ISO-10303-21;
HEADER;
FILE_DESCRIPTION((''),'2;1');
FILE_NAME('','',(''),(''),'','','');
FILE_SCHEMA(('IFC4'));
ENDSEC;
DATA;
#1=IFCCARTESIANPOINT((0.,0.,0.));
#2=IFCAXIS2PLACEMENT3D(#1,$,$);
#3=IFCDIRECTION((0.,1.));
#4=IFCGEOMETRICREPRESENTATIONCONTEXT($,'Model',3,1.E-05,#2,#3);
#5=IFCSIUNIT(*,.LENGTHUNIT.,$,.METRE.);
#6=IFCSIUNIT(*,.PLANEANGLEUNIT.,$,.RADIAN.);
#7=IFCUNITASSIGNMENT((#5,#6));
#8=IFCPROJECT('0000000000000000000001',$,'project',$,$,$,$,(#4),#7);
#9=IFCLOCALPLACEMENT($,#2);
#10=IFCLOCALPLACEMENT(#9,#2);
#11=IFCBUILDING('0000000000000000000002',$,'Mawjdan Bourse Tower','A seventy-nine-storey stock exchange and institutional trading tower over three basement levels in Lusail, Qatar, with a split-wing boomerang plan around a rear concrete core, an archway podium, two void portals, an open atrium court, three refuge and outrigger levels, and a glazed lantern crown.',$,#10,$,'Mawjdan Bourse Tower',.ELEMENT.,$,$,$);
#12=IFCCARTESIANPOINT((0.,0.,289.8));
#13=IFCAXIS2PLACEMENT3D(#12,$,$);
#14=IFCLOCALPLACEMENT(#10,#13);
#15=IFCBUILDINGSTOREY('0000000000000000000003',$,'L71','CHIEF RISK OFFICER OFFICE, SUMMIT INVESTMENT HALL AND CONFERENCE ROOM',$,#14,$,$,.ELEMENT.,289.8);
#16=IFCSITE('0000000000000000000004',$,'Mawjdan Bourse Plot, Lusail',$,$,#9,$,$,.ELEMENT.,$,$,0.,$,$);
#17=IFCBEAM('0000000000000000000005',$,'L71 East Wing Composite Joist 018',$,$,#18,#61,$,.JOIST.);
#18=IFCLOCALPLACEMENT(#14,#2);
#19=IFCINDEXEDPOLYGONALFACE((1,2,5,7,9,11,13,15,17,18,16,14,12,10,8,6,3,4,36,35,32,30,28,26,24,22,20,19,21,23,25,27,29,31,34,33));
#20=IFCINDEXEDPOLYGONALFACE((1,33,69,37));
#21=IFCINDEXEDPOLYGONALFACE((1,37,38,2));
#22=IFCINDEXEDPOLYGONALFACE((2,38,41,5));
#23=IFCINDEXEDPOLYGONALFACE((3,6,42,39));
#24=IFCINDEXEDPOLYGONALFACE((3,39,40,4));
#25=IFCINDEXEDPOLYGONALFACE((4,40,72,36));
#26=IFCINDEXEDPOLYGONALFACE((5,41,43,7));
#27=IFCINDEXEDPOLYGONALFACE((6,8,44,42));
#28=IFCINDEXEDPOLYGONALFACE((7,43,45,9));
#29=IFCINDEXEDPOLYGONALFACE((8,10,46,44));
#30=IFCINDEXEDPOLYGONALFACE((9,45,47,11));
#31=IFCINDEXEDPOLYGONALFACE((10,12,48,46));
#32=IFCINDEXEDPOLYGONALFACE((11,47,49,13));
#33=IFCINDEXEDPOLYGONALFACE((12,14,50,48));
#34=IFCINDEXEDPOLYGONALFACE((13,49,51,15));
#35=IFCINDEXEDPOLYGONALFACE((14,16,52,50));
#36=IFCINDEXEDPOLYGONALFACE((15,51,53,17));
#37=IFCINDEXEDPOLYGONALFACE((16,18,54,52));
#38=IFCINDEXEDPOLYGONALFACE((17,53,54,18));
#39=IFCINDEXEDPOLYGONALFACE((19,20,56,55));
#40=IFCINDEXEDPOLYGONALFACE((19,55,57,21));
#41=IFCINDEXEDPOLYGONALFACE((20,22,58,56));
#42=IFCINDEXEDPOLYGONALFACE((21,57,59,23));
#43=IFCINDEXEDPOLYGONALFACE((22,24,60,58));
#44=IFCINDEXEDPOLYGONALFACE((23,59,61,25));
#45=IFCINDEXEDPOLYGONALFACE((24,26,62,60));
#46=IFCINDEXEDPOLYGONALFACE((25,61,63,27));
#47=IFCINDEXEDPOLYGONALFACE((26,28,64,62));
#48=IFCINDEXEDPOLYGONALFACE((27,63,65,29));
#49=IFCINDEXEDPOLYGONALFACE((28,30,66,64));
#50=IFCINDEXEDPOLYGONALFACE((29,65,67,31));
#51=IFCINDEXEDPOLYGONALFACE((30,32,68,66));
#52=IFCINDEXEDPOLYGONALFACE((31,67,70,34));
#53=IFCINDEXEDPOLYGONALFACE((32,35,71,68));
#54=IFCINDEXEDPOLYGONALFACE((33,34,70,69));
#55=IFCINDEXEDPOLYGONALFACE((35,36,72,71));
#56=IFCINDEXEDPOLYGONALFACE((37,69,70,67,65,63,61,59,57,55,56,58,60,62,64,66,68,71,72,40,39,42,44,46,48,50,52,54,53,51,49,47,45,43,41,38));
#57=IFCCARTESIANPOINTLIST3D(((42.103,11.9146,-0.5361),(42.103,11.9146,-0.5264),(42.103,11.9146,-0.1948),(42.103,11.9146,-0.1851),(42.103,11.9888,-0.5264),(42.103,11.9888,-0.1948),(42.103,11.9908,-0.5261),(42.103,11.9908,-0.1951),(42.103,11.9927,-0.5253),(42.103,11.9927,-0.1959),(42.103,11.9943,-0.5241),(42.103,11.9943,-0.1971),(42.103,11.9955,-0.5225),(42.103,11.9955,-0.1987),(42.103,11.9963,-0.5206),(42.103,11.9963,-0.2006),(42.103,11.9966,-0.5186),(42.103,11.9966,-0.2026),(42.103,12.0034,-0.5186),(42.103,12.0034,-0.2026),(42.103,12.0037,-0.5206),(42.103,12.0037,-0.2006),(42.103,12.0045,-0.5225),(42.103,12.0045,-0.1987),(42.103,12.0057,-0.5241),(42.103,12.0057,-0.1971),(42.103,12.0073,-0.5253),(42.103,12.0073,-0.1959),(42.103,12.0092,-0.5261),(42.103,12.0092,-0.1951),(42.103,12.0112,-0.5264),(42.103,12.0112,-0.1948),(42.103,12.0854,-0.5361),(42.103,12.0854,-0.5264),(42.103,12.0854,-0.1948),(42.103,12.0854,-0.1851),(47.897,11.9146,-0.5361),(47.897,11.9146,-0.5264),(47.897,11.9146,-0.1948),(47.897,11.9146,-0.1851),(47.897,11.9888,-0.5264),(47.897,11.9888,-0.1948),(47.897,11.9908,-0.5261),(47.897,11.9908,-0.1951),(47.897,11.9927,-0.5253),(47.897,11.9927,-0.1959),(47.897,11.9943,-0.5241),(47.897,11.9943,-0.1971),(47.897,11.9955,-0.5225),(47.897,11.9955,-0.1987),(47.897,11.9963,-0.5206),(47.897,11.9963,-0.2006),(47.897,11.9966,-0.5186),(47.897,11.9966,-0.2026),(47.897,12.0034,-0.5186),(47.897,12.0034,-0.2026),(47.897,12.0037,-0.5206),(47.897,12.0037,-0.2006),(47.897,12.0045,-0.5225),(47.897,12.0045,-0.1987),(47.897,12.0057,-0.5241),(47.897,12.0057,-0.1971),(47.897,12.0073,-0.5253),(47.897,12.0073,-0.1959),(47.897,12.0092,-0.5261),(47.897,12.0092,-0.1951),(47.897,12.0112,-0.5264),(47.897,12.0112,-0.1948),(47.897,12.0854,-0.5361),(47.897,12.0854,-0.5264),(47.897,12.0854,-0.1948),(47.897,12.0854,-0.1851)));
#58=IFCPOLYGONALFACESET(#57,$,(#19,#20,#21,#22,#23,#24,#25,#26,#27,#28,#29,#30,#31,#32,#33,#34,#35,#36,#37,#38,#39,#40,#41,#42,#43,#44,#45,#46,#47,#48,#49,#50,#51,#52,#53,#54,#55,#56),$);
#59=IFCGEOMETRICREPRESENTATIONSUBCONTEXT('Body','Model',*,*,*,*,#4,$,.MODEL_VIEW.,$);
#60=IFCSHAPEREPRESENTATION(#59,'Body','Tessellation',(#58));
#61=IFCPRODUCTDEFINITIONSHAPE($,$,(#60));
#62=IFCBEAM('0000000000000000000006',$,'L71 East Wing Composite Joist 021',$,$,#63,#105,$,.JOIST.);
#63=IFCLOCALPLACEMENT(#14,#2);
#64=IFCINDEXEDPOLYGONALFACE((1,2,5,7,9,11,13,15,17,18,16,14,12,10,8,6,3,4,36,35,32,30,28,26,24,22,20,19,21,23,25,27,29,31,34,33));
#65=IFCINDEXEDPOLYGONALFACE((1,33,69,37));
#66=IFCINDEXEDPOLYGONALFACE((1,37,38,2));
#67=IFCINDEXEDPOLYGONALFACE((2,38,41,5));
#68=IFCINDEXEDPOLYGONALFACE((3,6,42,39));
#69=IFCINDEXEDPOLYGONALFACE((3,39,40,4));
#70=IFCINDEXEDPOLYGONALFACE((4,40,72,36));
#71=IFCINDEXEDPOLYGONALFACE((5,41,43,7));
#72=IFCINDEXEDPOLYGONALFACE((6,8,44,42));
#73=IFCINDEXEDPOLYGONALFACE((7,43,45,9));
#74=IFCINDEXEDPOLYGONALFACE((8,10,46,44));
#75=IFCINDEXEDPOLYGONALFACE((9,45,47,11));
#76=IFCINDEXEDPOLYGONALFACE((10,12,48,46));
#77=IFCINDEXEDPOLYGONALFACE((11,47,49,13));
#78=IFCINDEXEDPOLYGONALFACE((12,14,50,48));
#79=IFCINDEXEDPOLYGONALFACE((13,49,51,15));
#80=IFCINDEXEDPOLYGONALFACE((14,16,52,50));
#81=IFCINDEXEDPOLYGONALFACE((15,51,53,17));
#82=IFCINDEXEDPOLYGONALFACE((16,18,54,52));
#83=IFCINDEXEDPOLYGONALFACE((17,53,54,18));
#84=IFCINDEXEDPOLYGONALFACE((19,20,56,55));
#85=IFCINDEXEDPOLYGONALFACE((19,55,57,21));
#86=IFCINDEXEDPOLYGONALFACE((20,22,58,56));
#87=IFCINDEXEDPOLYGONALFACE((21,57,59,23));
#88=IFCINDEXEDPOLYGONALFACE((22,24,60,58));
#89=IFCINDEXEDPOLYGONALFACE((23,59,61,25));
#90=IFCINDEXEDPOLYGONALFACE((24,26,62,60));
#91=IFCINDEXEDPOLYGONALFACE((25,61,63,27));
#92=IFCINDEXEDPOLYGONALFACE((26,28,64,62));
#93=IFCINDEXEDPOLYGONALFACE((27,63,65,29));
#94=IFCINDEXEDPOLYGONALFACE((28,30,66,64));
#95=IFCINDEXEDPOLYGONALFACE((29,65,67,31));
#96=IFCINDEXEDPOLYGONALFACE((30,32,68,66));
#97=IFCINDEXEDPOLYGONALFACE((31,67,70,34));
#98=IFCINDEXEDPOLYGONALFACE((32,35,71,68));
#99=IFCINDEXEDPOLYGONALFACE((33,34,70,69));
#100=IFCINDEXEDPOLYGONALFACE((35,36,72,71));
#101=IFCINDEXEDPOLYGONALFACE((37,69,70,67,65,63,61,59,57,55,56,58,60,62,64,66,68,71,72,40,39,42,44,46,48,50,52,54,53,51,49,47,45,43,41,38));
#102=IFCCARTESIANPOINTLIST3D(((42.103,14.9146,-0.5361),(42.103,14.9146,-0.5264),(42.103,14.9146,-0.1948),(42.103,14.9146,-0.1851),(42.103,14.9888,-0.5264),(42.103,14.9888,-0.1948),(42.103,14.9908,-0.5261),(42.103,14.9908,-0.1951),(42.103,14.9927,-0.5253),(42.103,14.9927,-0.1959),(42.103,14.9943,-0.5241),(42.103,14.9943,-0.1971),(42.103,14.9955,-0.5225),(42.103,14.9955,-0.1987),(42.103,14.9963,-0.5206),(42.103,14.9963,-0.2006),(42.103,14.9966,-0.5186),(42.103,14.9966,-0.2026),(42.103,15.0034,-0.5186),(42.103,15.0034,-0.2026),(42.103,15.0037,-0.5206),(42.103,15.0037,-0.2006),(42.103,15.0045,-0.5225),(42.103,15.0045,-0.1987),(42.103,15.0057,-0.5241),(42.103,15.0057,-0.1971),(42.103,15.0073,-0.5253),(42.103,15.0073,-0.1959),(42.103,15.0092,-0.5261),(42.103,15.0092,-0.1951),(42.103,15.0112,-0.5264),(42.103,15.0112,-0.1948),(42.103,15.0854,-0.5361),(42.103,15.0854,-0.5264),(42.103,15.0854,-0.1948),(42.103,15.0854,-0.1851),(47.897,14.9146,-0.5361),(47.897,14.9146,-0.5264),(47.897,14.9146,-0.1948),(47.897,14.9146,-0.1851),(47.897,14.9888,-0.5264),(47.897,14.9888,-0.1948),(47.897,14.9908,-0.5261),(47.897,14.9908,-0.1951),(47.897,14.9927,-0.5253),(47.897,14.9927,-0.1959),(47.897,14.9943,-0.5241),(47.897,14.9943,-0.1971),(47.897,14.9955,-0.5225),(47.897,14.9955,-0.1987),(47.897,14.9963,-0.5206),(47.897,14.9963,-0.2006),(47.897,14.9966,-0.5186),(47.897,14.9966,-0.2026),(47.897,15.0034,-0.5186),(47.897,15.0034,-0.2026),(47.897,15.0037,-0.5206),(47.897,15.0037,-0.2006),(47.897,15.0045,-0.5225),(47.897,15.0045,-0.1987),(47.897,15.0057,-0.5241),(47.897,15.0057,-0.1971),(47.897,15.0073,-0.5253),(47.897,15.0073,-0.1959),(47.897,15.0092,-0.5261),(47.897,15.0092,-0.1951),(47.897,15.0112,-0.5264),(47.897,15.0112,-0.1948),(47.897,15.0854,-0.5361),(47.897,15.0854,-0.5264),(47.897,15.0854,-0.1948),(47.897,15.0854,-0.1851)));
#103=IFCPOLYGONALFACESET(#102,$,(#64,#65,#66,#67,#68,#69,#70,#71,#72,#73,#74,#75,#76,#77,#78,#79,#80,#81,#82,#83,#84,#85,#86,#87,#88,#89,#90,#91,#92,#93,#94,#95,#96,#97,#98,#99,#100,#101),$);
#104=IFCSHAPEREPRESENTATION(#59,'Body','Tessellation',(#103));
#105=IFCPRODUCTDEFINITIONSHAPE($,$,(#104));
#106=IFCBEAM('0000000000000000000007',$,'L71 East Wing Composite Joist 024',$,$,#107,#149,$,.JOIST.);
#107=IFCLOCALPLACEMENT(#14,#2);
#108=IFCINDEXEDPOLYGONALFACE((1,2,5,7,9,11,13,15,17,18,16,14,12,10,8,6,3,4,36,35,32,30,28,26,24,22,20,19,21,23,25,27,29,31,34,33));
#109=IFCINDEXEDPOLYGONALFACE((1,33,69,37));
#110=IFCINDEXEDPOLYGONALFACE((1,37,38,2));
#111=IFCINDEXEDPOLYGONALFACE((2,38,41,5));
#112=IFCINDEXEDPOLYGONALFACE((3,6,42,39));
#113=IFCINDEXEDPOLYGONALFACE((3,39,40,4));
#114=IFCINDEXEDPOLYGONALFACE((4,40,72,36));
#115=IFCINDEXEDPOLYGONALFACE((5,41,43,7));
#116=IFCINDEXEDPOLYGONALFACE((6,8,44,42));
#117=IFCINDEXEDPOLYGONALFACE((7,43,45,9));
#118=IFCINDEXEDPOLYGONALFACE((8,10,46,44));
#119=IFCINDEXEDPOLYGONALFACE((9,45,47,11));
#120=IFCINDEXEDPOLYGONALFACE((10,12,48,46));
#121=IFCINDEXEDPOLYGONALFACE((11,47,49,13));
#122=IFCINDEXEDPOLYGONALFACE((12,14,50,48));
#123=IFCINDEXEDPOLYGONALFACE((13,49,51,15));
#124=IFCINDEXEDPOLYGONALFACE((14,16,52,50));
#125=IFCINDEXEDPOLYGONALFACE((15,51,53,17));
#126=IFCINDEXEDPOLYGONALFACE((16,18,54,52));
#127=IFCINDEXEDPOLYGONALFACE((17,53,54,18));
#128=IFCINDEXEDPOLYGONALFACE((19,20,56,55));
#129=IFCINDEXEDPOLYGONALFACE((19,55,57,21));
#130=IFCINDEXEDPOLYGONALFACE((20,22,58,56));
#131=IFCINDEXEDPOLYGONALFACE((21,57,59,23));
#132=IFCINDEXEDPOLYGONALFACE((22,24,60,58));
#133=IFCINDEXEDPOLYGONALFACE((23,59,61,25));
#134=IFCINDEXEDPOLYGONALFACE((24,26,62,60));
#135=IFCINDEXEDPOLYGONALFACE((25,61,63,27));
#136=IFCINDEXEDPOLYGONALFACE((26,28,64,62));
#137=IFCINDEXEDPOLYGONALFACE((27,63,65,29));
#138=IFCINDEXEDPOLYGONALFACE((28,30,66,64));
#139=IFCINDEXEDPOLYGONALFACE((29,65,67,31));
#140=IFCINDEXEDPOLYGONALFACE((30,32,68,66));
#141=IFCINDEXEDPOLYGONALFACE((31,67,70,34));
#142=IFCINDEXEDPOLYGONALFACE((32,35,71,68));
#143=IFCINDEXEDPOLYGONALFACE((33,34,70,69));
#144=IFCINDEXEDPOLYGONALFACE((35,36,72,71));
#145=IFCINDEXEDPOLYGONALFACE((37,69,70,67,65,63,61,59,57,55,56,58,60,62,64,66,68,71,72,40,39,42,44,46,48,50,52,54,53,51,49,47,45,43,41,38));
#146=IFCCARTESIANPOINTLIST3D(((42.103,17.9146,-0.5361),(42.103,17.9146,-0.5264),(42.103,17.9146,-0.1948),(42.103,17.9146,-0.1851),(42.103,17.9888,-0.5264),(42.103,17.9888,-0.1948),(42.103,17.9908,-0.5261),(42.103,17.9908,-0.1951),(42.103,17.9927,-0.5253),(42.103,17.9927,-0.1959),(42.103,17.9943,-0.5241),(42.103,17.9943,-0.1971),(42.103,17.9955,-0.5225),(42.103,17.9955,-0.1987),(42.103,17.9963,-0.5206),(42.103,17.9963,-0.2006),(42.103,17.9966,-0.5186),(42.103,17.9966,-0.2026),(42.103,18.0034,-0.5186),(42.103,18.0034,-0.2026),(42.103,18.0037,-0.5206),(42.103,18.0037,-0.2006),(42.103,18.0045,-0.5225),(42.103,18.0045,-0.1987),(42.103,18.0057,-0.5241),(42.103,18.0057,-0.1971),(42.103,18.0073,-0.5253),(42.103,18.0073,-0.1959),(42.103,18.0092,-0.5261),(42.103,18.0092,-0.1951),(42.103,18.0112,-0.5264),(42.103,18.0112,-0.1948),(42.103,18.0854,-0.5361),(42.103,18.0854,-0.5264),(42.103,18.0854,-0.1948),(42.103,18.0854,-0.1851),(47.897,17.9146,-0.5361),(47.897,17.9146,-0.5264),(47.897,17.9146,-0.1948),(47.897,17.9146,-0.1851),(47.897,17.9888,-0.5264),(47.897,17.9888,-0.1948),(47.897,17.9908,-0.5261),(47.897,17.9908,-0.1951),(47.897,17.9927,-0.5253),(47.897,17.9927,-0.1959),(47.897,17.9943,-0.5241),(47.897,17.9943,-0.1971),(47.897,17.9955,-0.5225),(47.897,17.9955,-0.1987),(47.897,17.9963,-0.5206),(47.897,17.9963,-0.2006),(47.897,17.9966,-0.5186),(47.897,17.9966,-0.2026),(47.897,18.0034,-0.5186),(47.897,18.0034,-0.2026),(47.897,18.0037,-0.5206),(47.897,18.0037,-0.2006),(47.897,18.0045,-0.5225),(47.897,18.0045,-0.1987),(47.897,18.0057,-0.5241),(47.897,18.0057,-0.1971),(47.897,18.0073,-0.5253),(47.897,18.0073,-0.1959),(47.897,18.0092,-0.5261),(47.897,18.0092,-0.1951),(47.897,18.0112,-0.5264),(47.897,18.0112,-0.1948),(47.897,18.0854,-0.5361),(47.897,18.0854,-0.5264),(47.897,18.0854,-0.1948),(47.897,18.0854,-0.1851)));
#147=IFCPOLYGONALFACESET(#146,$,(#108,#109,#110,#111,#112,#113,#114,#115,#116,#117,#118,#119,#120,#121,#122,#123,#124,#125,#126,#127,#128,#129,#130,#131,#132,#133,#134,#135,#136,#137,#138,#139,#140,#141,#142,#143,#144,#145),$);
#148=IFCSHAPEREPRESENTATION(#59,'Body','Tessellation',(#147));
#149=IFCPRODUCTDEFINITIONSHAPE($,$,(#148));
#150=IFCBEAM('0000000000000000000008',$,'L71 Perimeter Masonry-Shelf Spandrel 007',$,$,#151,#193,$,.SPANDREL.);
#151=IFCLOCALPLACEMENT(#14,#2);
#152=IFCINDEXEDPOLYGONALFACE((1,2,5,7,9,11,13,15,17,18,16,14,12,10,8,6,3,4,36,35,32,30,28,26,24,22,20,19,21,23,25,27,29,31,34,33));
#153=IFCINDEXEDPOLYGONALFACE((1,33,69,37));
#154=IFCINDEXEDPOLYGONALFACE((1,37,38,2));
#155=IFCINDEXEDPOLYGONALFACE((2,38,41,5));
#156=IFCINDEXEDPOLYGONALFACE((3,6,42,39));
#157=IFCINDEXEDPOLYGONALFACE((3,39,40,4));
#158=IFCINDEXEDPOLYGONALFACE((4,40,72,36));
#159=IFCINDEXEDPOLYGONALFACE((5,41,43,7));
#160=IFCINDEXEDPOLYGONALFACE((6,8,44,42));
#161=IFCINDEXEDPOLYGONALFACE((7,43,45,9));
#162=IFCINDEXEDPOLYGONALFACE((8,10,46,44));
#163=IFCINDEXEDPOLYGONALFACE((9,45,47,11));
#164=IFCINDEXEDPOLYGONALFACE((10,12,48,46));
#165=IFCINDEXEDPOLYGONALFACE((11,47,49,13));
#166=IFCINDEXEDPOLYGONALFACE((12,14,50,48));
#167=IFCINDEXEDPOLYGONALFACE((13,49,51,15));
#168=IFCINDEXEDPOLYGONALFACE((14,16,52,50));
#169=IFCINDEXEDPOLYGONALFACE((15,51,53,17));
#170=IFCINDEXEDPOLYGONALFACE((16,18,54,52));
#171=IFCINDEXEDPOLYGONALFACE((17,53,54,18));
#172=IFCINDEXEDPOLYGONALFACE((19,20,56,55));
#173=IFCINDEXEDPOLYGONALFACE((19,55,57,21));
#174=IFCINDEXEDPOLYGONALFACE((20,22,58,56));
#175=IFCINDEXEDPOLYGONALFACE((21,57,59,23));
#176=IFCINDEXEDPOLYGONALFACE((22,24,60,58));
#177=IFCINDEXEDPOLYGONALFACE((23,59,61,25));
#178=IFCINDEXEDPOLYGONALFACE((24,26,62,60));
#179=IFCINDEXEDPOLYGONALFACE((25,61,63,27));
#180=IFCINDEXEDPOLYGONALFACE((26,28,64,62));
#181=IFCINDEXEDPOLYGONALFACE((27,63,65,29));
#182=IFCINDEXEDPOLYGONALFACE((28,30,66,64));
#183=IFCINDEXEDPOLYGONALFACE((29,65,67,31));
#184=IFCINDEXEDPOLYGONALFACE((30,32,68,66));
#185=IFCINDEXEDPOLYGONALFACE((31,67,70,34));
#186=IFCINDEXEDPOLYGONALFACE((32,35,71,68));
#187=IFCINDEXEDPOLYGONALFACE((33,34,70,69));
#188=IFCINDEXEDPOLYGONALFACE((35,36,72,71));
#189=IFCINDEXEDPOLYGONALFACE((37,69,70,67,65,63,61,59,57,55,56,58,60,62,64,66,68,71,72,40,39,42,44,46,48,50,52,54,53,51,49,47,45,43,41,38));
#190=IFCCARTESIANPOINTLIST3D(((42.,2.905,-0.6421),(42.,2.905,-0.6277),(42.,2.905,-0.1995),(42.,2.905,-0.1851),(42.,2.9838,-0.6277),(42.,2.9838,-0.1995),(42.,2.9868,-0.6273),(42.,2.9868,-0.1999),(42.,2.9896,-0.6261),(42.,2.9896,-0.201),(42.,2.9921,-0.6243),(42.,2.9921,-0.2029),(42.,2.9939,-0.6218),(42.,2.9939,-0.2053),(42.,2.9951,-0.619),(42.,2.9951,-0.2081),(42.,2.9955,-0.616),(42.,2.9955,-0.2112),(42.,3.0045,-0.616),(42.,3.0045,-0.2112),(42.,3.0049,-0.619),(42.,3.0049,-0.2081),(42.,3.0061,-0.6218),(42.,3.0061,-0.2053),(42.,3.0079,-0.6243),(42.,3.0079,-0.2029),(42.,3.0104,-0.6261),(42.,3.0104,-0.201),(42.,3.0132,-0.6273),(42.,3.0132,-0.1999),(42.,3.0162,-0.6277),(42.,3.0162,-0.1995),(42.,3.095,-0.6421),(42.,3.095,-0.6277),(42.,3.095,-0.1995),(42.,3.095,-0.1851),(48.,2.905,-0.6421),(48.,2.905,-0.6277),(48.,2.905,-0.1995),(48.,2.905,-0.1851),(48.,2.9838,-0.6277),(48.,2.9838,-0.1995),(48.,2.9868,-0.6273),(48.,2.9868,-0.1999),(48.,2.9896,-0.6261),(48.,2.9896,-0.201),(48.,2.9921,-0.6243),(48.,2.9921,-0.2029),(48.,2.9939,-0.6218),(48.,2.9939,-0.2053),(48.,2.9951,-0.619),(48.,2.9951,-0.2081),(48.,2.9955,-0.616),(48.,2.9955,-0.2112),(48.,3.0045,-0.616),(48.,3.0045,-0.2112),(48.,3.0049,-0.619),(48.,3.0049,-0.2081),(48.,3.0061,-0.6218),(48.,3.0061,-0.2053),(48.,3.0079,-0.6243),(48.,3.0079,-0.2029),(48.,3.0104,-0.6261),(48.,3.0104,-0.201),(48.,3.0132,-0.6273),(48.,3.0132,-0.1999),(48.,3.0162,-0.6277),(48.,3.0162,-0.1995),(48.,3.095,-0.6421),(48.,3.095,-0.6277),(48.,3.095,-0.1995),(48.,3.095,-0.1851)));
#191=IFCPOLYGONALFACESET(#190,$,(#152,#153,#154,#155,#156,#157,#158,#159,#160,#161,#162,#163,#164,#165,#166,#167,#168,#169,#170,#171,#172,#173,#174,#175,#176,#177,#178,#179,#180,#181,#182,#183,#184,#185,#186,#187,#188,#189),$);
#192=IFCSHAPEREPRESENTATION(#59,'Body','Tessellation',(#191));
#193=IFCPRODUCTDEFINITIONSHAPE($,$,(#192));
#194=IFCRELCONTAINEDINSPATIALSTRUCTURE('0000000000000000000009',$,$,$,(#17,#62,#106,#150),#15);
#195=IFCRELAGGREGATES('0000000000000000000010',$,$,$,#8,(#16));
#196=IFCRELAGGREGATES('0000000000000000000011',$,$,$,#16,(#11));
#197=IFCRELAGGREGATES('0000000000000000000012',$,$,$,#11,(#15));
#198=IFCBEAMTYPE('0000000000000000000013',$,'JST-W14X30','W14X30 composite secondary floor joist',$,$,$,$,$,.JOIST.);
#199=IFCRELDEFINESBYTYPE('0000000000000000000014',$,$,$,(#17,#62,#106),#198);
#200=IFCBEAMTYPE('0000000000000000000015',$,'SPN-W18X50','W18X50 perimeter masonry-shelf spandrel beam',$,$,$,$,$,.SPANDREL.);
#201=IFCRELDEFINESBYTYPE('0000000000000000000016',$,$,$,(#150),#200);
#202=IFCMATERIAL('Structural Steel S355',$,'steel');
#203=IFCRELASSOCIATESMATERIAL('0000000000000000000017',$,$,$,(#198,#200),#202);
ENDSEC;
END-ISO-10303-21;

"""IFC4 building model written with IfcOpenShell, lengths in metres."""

from ifc_helpers import new_model, si_unit, direction, frame, origin, origin_2d, place, context, subcontext, project, spatial, i_section, extrude, material, material_profile, profile_set, type_object, element, save


model = new_model("IFC4")

# Units and contexts
model_context = context("Model", 3, precision=1e-05, world=origin(), true_north=direction((0.0, 1.0)))
body_context = subcontext(model_context, "Body", "Model", "MODEL_VIEW")
ifc_project = project(units=[si_unit("LENGTHUNIT", "METRE"), si_unit("PLANEANGLEUNIT", "RADIAN")], contexts=[model_context])

# Site, building, storey
site_placement = place(None, origin())
site = spatial("IfcSite", under=ifc_project, at=site_placement, Name="Mawjdan Bourse Plot, Lusail", CompositionType="ELEMENT", RefElevation=0.0)
building_placement = place(site_placement, origin())
building = spatial("IfcBuilding", under=site, at=building_placement, Name="Mawjdan Bourse Tower", Description="A seventy-nine-storey stock exchange and institutional trading tower over three basement levels in Lusail, Qatar, with a split-wing boomerang plan around a rear concrete core, an archway podium, two void portals, an open atrium court, three refuge and outrigger levels, and a glazed lantern crown.", LongName="Mawjdan Bourse Tower", CompositionType="ELEMENT")
storey_placement = place(building_placement, frame((0.0, 0.0, 289.8)))
storey = spatial("IfcBuildingStorey", under=building, at=storey_placement, Name="L71", Description="CHIEF RISK OFFICER OFFICE, SUMMIT INVESTMENT HALL AND CONFERENCE ROOM", CompositionType="ELEMENT", Elevation=289.8)

# Beams
ifc_material_1 = material(Name="Structural Steel S355", Category="steel")
ifc_material_profile_1 = material_profile(ifc_material_1, i_section(OverallWidth=0.1709, OverallDepth=0.3511, WebThickness=0.0068, FlangeThickness=0.0098, FilletRadius=0.0078, at=origin_2d()), Name="W14X30")
ifc_profile_set_1 = profile_set([ifc_material_profile_1], Name="Structural Steel S355")
beam_type_1 = type_object("IfcBeamType", Name="JST-W14X30", Description="W14X30 composite secondary floor joist", PredefinedType="JOIST", material=ifc_profile_set_1)
for number, where, z_axis, x_axis, name in (
    (1, (42.103, 12.0, -0.3606), (1.0, 0.0, 0.0), (0.0, 1.0, 0.0), "L71 East Wing Composite Joist 018"),
    (2, (42.103, 15.0, -0.3606), (1.0, 0.0, 0.0), (0.0, 1.0, 0.0), "L71 East Wing Composite Joist 021"),
    (3, (42.103, 18.0, -0.3606), (1.0, 0.0, 0.0), (0.0, 1.0, 0.0), "L71 East Wing Composite Joist 024"),
):
    element("IfcBeam", number, at=place(storey_placement, frame(where, z_axis=z_axis, x_axis=x_axis)), inside=storey, type_object=beam_type_1, Name=name, PredefinedType="JOIST", context=body_context, shape_type="SweptSolid", body=[
        extrude(i_section(OverallWidth=0.1709, OverallDepth=0.3511, WebThickness=0.0068, FlangeThickness=0.0098, FilletRadius=0.0078, at=origin_2d()), origin(), (0.0, 0.0, 1.0), 5.7939),
    ])
ifc_material_profile_2 = material_profile(ifc_material_1, i_section(OverallWidth=0.1899, OverallDepth=0.457, WebThickness=0.009, FlangeThickness=0.0144, FilletRadius=0.0117, at=origin_2d()), Name="W18X50")
ifc_profile_set_2 = profile_set([ifc_material_profile_2], Name="Structural Steel S355")
beam_type_2 = type_object("IfcBeamType", Name="SPN-W18X50", Description="W18X50 perimeter masonry-shelf spandrel beam", PredefinedType="SPANDREL", material=ifc_profile_set_2)
for number, where, z_axis, x_axis, name in (
    (4, (42.0, 3.0, -0.4136), (1.0, 0.0, 0.0), (0.0, 1.0, 0.0), "L71 Perimeter Masonry-Shelf Spandrel 007"),
):
    element("IfcBeam", number, at=place(storey_placement, frame(where, z_axis=z_axis, x_axis=x_axis)), inside=storey, type_object=beam_type_2, Name=name, PredefinedType="SPANDREL", context=body_context, shape_type="SweptSolid", body=[
        extrude(i_section(OverallWidth=0.1899, OverallDepth=0.457, WebThickness=0.009, FlangeThickness=0.0144, FilletRadius=0.0117, at=origin_2d()), origin(), (0.0, 0.0, 1.0), 6.0),
    ])

save(model, "model.ifc")
